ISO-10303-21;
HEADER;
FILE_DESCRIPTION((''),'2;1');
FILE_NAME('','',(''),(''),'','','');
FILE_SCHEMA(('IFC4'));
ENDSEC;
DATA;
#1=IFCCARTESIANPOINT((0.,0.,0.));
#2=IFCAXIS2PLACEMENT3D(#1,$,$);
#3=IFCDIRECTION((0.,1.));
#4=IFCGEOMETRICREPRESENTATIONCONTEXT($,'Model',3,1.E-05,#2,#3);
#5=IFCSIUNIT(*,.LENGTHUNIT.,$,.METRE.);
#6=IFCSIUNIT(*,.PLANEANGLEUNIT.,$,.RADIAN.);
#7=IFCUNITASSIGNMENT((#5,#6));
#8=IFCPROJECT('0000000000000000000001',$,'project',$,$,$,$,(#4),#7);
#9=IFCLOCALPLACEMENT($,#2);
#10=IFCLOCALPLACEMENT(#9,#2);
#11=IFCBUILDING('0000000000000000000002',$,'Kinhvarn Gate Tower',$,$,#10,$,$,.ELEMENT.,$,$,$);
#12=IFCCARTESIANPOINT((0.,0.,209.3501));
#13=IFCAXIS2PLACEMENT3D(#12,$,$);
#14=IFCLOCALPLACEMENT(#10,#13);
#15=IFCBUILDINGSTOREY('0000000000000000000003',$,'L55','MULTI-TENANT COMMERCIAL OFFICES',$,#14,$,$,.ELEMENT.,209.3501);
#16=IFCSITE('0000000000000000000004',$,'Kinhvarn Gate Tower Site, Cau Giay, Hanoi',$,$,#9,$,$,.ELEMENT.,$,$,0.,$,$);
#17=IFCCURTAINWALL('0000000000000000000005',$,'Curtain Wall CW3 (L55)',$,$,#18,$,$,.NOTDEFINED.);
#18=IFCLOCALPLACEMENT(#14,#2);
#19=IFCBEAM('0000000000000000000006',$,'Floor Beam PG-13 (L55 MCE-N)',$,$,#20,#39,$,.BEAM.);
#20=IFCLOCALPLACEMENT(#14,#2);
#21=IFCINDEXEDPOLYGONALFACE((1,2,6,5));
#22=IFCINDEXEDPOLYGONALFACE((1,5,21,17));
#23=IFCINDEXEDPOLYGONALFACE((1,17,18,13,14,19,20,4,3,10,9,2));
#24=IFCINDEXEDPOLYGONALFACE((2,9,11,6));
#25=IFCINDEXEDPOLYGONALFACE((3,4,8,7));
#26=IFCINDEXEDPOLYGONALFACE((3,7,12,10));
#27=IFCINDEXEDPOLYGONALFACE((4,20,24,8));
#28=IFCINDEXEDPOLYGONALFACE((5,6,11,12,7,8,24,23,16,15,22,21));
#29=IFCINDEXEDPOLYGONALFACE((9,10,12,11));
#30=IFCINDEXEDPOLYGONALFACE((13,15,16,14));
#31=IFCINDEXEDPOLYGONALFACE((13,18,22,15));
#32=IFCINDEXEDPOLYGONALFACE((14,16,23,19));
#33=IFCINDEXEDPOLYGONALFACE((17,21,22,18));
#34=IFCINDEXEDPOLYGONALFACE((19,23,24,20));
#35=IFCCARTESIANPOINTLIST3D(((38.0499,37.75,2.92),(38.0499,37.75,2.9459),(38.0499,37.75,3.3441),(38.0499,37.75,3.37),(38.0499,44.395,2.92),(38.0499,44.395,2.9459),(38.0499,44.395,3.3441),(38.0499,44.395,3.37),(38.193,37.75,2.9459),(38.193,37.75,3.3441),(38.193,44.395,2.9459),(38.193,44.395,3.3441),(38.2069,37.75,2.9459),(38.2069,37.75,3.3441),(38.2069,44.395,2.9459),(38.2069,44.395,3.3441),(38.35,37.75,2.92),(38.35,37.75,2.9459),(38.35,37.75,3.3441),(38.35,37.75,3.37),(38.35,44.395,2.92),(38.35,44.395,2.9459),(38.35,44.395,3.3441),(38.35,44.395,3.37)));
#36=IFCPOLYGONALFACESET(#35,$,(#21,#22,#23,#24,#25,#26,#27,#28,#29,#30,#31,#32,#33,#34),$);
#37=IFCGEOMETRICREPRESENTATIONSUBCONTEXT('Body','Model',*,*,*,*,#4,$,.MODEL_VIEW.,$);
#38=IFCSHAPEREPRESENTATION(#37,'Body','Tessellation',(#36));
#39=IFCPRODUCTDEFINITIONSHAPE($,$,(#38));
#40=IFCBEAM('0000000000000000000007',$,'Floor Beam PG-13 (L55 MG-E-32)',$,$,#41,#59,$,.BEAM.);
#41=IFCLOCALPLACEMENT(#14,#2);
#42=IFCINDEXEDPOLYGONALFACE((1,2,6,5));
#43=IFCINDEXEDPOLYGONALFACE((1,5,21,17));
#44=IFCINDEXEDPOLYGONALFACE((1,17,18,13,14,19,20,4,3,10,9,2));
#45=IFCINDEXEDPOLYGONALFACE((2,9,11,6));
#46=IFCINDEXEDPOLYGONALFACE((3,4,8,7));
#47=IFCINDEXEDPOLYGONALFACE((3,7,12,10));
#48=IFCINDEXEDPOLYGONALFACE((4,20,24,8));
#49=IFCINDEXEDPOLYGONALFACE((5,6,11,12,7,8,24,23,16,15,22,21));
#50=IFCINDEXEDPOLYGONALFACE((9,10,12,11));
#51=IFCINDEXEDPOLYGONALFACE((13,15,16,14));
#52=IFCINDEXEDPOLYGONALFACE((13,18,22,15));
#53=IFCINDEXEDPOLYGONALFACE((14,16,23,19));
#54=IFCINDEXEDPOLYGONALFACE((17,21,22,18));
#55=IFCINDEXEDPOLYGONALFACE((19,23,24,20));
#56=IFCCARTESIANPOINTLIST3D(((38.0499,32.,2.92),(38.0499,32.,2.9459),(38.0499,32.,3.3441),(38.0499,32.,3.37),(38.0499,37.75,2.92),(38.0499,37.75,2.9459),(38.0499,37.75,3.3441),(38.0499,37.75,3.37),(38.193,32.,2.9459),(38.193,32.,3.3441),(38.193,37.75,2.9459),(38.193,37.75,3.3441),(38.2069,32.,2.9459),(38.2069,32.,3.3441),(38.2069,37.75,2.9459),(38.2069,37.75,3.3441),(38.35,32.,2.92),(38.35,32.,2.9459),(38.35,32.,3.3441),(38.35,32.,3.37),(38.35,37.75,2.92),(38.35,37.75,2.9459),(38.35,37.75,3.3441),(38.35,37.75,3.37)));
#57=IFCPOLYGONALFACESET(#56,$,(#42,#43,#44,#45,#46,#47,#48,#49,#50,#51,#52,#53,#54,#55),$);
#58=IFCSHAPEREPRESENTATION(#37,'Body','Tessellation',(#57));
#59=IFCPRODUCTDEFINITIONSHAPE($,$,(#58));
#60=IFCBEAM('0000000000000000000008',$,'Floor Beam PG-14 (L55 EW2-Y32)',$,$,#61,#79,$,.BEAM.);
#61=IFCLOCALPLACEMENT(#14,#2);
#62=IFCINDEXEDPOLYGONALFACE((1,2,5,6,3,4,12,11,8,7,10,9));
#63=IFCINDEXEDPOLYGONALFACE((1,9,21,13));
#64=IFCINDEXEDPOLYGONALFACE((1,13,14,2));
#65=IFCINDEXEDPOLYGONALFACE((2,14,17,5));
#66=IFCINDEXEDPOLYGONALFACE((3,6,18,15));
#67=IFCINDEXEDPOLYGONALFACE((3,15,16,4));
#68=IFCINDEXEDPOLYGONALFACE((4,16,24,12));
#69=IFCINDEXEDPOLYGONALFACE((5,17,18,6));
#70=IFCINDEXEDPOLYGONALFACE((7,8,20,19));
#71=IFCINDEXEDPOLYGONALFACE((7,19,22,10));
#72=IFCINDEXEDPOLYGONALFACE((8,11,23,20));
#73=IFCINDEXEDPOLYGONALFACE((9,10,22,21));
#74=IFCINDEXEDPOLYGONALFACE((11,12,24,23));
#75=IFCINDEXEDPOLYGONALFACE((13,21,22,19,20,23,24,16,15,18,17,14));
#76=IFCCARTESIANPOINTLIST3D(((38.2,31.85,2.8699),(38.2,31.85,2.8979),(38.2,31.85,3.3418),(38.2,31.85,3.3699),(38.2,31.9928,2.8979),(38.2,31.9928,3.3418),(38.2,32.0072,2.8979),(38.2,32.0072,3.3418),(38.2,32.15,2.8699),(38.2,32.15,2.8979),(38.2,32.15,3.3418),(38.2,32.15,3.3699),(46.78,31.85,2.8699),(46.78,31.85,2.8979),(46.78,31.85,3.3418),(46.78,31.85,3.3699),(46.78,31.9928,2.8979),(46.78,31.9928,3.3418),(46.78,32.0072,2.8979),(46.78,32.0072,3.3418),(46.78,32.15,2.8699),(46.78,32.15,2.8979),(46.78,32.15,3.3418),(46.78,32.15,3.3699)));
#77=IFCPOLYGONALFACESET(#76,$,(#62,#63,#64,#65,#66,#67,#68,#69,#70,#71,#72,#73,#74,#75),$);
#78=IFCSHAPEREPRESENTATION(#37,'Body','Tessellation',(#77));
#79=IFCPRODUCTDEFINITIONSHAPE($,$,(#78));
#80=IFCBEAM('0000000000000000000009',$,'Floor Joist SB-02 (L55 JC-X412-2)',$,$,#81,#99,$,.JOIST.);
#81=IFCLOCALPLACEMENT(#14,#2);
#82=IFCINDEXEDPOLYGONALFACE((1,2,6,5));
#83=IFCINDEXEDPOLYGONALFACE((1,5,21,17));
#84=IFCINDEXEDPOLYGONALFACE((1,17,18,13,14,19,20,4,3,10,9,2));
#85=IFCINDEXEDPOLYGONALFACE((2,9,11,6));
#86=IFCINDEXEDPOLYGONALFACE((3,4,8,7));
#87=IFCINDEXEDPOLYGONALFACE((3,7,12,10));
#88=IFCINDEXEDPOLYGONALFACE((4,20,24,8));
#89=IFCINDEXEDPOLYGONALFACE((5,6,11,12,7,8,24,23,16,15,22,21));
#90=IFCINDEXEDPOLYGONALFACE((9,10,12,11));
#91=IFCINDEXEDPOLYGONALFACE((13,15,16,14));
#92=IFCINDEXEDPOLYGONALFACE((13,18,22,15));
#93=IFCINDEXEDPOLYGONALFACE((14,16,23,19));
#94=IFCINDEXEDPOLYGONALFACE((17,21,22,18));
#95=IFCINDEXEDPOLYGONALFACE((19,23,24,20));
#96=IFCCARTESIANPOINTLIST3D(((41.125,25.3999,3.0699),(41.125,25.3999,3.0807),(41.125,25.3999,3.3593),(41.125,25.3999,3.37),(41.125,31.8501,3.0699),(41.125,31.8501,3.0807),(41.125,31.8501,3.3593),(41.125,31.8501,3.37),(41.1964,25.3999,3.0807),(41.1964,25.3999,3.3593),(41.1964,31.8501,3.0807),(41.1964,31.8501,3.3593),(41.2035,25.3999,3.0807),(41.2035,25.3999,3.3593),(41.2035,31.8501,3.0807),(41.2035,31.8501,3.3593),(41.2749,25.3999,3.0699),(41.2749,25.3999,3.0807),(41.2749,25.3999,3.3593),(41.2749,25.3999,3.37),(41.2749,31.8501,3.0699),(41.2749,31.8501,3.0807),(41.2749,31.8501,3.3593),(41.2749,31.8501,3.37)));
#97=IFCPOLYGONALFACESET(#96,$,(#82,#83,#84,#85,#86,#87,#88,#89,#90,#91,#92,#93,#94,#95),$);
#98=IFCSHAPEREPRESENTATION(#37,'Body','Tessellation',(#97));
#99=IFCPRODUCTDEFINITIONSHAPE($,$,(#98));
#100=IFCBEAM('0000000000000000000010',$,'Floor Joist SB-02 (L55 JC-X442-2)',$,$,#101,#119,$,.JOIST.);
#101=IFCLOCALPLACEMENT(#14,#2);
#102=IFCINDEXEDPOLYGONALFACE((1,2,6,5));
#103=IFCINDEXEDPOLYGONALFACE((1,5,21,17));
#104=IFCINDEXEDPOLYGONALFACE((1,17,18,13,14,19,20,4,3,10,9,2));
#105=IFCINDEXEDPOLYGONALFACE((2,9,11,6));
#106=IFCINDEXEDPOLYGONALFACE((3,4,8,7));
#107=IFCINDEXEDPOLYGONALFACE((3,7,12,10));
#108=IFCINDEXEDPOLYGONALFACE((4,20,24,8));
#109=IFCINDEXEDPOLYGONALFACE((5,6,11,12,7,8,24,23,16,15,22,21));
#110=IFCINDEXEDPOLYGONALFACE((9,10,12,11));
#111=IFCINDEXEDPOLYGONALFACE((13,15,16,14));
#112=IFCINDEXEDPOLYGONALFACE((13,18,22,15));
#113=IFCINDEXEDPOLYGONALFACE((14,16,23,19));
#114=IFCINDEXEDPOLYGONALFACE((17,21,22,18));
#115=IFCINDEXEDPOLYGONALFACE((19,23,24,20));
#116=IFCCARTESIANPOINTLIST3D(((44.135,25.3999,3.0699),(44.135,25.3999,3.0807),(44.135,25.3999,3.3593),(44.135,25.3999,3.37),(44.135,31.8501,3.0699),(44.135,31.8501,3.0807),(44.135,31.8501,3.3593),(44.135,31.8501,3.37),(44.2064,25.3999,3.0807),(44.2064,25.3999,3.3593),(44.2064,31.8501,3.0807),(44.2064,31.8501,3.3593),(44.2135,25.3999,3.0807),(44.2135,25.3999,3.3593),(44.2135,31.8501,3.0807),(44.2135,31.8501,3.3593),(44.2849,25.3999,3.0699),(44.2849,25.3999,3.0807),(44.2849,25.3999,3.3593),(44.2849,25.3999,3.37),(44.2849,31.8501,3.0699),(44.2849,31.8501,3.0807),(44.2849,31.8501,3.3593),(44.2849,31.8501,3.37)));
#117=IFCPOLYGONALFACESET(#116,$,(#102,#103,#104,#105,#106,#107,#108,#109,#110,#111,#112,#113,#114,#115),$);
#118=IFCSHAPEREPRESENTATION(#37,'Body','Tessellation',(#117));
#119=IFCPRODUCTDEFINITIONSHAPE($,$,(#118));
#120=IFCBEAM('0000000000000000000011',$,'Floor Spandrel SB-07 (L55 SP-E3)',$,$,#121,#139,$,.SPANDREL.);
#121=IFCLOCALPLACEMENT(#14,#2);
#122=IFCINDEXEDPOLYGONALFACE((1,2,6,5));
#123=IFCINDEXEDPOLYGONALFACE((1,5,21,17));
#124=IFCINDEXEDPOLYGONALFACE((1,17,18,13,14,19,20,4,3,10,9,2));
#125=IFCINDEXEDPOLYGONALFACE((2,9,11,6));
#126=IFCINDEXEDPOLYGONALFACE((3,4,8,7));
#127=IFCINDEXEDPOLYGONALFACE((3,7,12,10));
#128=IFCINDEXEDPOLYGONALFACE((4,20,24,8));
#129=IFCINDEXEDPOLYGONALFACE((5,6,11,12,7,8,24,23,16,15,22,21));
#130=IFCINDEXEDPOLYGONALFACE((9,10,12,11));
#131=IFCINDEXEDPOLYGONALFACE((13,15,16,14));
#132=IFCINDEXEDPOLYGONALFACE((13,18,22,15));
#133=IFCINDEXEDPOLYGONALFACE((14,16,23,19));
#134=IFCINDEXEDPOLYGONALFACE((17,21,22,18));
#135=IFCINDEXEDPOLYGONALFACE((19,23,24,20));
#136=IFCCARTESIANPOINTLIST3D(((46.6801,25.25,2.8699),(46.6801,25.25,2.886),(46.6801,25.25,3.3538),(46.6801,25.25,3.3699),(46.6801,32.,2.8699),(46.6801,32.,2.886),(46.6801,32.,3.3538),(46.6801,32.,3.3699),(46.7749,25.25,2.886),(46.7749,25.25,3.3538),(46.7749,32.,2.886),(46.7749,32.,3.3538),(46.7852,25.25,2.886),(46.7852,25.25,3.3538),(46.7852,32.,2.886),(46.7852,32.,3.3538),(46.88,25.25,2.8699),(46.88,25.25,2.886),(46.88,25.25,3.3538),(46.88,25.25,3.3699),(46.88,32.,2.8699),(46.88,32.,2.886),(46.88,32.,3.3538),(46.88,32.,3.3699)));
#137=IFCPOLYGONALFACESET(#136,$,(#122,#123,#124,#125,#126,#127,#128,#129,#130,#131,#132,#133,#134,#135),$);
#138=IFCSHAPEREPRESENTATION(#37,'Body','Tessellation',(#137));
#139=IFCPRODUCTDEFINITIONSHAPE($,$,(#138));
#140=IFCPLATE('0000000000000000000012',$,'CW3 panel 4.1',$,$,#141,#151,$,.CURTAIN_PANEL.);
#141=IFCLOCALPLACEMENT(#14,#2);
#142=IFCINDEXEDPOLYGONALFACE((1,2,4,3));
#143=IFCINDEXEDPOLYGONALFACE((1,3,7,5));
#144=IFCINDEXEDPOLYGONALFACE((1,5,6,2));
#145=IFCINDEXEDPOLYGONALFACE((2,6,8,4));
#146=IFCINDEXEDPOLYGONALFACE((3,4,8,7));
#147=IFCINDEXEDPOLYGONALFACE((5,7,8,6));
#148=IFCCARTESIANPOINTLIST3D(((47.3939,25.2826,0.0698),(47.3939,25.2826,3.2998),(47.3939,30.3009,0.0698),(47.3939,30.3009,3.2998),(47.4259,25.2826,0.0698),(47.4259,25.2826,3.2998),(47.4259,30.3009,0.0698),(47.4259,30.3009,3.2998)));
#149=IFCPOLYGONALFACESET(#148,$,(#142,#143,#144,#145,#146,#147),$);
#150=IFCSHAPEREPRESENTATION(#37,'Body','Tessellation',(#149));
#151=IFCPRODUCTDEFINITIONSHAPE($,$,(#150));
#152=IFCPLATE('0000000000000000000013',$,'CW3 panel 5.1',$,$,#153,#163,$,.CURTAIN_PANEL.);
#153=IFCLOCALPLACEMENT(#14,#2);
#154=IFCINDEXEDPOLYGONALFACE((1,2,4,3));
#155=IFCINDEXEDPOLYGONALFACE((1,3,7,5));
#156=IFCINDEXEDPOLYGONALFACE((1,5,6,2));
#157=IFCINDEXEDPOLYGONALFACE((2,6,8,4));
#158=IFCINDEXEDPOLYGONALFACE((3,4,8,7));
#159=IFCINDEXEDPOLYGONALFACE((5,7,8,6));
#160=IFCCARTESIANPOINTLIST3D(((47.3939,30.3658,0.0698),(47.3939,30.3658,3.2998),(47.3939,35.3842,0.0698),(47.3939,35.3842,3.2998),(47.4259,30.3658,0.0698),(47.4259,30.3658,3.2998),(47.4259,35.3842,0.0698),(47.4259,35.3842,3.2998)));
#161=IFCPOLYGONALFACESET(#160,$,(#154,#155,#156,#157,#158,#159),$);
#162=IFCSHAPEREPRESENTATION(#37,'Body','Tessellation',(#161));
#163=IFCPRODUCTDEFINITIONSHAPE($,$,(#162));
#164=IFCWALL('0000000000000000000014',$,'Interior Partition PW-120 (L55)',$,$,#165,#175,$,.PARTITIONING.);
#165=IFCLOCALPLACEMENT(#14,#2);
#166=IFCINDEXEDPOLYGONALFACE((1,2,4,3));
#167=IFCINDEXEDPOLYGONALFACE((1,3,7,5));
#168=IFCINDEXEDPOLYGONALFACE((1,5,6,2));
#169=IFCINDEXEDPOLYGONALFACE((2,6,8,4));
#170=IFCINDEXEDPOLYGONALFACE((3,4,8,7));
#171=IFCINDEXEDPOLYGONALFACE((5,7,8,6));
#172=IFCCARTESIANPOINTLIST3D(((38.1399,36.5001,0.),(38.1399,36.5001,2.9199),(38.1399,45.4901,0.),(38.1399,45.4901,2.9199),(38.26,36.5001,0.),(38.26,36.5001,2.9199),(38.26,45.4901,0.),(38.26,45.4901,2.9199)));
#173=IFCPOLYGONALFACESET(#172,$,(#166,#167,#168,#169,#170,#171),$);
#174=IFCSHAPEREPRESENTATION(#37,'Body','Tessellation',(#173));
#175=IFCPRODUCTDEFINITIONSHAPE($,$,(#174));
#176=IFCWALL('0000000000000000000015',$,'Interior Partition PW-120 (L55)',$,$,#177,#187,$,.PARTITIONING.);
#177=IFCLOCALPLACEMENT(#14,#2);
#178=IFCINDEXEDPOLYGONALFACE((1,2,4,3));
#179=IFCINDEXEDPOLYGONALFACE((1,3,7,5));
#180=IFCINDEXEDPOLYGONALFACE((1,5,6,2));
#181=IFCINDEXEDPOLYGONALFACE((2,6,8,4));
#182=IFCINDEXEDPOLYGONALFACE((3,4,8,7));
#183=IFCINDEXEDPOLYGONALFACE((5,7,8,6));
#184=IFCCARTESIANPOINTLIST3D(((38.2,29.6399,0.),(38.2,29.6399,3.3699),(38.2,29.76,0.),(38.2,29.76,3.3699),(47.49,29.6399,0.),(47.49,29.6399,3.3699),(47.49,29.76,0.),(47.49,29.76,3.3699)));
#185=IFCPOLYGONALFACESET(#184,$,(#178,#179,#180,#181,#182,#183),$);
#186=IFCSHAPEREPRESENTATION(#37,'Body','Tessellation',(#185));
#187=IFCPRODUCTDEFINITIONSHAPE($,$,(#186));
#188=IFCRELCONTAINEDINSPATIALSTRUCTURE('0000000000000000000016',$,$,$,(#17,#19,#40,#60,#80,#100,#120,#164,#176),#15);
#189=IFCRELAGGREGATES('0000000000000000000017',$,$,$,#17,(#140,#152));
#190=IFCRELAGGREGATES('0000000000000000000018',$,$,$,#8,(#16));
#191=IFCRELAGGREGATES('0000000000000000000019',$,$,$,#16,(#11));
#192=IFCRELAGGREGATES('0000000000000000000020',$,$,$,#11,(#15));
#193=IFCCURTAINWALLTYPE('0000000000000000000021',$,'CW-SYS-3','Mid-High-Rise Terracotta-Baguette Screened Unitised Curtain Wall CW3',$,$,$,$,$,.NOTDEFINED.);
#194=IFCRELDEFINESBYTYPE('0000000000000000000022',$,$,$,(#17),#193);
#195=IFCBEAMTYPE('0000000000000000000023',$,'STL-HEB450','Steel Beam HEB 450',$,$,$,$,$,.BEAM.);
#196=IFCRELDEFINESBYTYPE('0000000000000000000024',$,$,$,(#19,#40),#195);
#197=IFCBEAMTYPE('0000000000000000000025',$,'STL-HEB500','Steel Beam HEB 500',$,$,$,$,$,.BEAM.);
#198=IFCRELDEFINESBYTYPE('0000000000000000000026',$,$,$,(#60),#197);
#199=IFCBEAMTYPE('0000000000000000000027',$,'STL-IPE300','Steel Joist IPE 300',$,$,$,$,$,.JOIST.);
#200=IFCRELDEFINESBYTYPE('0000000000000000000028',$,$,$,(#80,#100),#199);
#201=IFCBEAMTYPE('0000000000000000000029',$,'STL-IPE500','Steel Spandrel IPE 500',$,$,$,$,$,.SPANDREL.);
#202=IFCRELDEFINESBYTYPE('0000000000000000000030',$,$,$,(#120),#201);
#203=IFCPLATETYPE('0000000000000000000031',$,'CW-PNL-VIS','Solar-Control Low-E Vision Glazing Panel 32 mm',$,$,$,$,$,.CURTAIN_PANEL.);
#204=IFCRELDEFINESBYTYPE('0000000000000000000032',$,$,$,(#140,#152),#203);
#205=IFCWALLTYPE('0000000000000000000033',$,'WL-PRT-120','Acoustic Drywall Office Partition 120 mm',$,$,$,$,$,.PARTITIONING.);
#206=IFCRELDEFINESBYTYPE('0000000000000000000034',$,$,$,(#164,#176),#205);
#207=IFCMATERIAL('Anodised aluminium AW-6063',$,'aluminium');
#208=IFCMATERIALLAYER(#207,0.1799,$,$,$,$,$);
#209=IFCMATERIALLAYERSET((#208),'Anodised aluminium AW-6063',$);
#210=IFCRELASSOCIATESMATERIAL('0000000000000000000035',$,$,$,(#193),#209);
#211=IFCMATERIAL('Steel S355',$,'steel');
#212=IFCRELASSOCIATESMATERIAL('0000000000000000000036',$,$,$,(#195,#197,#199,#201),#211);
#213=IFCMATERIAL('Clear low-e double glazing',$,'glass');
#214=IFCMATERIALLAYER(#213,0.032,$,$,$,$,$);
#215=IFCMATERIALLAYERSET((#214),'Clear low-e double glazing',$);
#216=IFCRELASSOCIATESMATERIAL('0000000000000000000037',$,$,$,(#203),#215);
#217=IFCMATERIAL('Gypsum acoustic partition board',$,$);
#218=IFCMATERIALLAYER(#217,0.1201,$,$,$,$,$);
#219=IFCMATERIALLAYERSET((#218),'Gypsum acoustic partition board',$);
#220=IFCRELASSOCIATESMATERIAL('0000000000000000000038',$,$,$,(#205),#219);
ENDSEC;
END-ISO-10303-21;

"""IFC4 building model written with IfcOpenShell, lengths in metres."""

from ifc_helpers import new_model, si_unit, direction, frame, frame_2d, origin, origin_2d, place, context, subcontext, project, spatial, rectangle, i_section, extrude, material, layer, layer_set, material_profile, profile_set, type_object, element, aggregate, save


model = new_model("IFC4")

# Units and contexts
model_context = context("Model", 3, precision=1e-05, world=origin(), true_north=direction((0.0, 1.0)))
body_context = subcontext(model_context, "Body", "Model", "MODEL_VIEW")
ifc_project = project(units=[si_unit("LENGTHUNIT", "METRE"), si_unit("PLANEANGLEUNIT", "RADIAN")], contexts=[model_context])

# Site, building, storey
site_placement = place(None, origin())
site = spatial("IfcSite", under=ifc_project, at=site_placement, Name="Kinhvarn Gate Tower Site, Cau Giay, Hanoi", CompositionType="ELEMENT", RefElevation=0.0)
building_placement = place(site_placement, origin())
building = spatial("IfcBuilding", under=site, at=building_placement, Name="Kinhvarn Gate Tower", CompositionType="ELEMENT")
storey_placement = place(building_placement, frame((0.0, 0.0, 209.3501)))
storey = spatial("IfcBuildingStorey", under=building, at=storey_placement, Name="L55", Description="MULTI-TENANT COMMERCIAL OFFICES", CompositionType="ELEMENT", Elevation=209.3501)

# Curtain wall
ifc_material_1 = material(Name="Anodised aluminium AW-6063", Category="aluminium")
ifc_layer_1 = layer(ifc_material_1, 0.1799)
ifc_layer_set_1 = layer_set([ifc_layer_1], Name="Anodised aluminium AW-6063")
curtain_wall_type = type_object("IfcCurtainWallType", Name="CW-SYS-3", Description="Mid-High-Rise Terracotta-Baguette Screened Unitised Curtain Wall CW3", PredefinedType="NOTDEFINED", material=ifc_layer_set_1)
curtain_wall_placement = place(storey_placement, origin())
curtain_wall = element("IfcCurtainWall", 1, at=curtain_wall_placement, inside=storey, type_object=curtain_wall_type, Name="Curtain Wall CW3 (L55)", PredefinedType="NOTDEFINED")

# Beams
ifc_material_2 = material(Name="Steel S355", Category="steel")
ifc_material_profile_1 = material_profile(ifc_material_2, i_section(OverallWidth=0.3, OverallDepth=0.45, WebThickness=0.0139, FlangeThickness=0.0259, at=origin_2d()), Name="HEB 450")
ifc_profile_set_1 = profile_set([ifc_material_profile_1], Name="Steel S355")
beam_type_1 = type_object("IfcBeamType", Name="STL-HEB450", Description="Steel Beam HEB 450", PredefinedType="BEAM", material=ifc_profile_set_1)
beam_1_placement = place(storey_placement, frame((38.2, 37.75, 3.145), z_axis=(0.0, 1.0, 0.0), x_axis=(-1.0, 0.0, 0.0)))
element("IfcBeam", 2, at=beam_1_placement, inside=storey, type_object=beam_type_1, Name="Floor Beam PG-13 (L55 MCE-N)", PredefinedType="BEAM", context=body_context, shape_type="SweptSolid", body=[
    extrude(i_section(OverallWidth=0.3, OverallDepth=0.45, WebThickness=0.0139, FlangeThickness=0.0259, at=origin_2d()), origin(), (0.0, 0.0, 1.0), 6.645),
])
beam_2_placement = place(storey_placement, frame((38.2, 32.0, 3.145), z_axis=(0.0, 1.0, 0.0), x_axis=(-1.0, 0.0, 0.0)))
element("IfcBeam", 3, at=beam_2_placement, inside=storey, type_object=beam_type_1, Name="Floor Beam PG-13 (L55 MG-E-32)", PredefinedType="BEAM", context=body_context, shape_type="SweptSolid", body=[
    extrude(i_section(OverallWidth=0.3, OverallDepth=0.45, WebThickness=0.0139, FlangeThickness=0.0259, at=origin_2d()), origin(), (0.0, 0.0, 1.0), 5.75),
])
ifc_material_profile_2 = material_profile(ifc_material_2, i_section(OverallWidth=0.3, OverallDepth=0.5, WebThickness=0.0144, FlangeThickness=0.0281, at=origin_2d()), Name="HEB 500")
ifc_profile_set_2 = profile_set([ifc_material_profile_2], Name="Steel S355")
beam_type_2 = type_object("IfcBeamType", Name="STL-HEB500", Description="Steel Beam HEB 500", PredefinedType="BEAM", material=ifc_profile_set_2)
beam_3_placement = place(storey_placement, frame((38.2, 32.0, 3.1199), z_axis=(1.0, 0.0, 0.0), x_axis=(0.0, 1.0, 0.0)))
element("IfcBeam", 4, at=beam_3_placement, inside=storey, type_object=beam_type_2, Name="Floor Beam PG-14 (L55 EW2-Y32)", PredefinedType="BEAM", context=body_context, shape_type="SweptSolid", body=[
    extrude(i_section(OverallWidth=0.3, OverallDepth=0.5, WebThickness=0.0144, FlangeThickness=0.0281, at=origin_2d()), origin(), (0.0, 0.0, 1.0), 8.5801),
])
ifc_material_profile_3 = material_profile(ifc_material_2, i_section(OverallWidth=0.1499, OverallDepth=0.3, WebThickness=0.0071, FlangeThickness=0.0107, at=origin_2d()), Name="IPE 300")
ifc_profile_set_3 = profile_set([ifc_material_profile_3], Name="Steel S355")
beam_type_3 = type_object("IfcBeamType", Name="STL-IPE300", Description="Steel Joist IPE 300", PredefinedType="JOIST", material=ifc_profile_set_3)
for number, where, z_axis, x_axis, name in (
    (5, (41.2, 25.3999, 3.22), (0.0, 1.0, 0.0), (-1.0, 0.0, 0.0), "Floor Joist SB-02 (L55 JC-X412-2)"),
    (6, (44.21, 25.3999, 3.22), (0.0, 1.0, 0.0), (-1.0, 0.0, 0.0), "Floor Joist SB-02 (L55 JC-X442-2)"),
):
    element("IfcBeam", number, at=place(storey_placement, frame(where, z_axis=z_axis, x_axis=x_axis)), inside=storey, type_object=beam_type_3, Name=name, PredefinedType="JOIST", context=body_context, shape_type="SweptSolid", body=[
        extrude(i_section(OverallWidth=0.1499, OverallDepth=0.3, WebThickness=0.0071, FlangeThickness=0.0107, at=origin_2d()), origin(), (0.0, 0.0, 1.0), 6.4502),
    ])
ifc_material_profile_4 = material_profile(ifc_material_2, i_section(OverallWidth=0.2, OverallDepth=0.5, WebThickness=0.0103, FlangeThickness=0.0161, at=origin_2d()), Name="IPE 500")
ifc_profile_set_4 = profile_set([ifc_material_profile_4], Name="Steel S355")
beam_type_4 = type_object("IfcBeamType", Name="STL-IPE500", Description="Steel Spandrel IPE 500", PredefinedType="SPANDREL", material=ifc_profile_set_4)
beam_4_placement = place(storey_placement, frame((46.78, 25.25, 3.1199), z_axis=(0.0, 1.0, 0.0), x_axis=(-1.0, 0.0, 0.0)))
element("IfcBeam", 7, at=beam_4_placement, inside=storey, type_object=beam_type_4, Name="Floor Spandrel SB-07 (L55 SP-E3)", PredefinedType="SPANDREL", context=body_context, shape_type="SweptSolid", body=[
    extrude(i_section(OverallWidth=0.2, OverallDepth=0.5, WebThickness=0.0103, FlangeThickness=0.0161, at=origin_2d()), origin(), (0.0, 0.0, 1.0), 6.75),
])

# Plates
ifc_material_3 = material(Name="Clear low-e double glazing", Category="glass")
ifc_layer_2 = layer(ifc_material_3, 0.032)
ifc_layer_set_2 = layer_set([ifc_layer_2], Name="Clear low-e double glazing")
plate_type = type_object("IfcPlateType", Name="CW-PNL-VIS", Description="Solar-Control Low-E Vision Glazing Panel 32 mm", PredefinedType="CURTAIN_PANEL", material=ifc_layer_set_2)
plate_1_placement = place(storey_placement, frame((47.4099, 27.7917, 0.0698), z_axis=(0.0, 0.0, 1.0), x_axis=(0.0, 1.0, 0.0)))
plate_1 = element("IfcPlate", 8, at=plate_1_placement, type_object=plate_type, Name="CW3 panel 4.1", PredefinedType="CURTAIN_PANEL", context=body_context, shape_type="SweptSolid", body=[
    extrude(rectangle(XDim=5.0183, YDim=0.032, at=origin_2d()), origin(), (0.0, 0.0, 1.0), 3.23),
])
plate_2_placement = place(storey_placement, frame((47.4099, 32.875, 0.0698), z_axis=(0.0, 0.0, 1.0), x_axis=(0.0, 1.0, 0.0)))
plate_2 = element("IfcPlate", 9, at=plate_2_placement, type_object=plate_type, Name="CW3 panel 5.1", PredefinedType="CURTAIN_PANEL", context=body_context, shape_type="SweptSolid", body=[
    extrude(rectangle(XDim=5.0183, YDim=0.032, at=origin_2d()), origin(), (0.0, 0.0, 1.0), 3.23),
])
aggregate(curtain_wall, [plate_1, plate_2])

# Walls
ifc_material_4 = material(Name="Gypsum acoustic partition board")
ifc_layer_3 = layer(ifc_material_4, 0.1201)
ifc_layer_set_3 = layer_set([ifc_layer_3], Name="Gypsum acoustic partition board")
wall_type = type_object("IfcWallType", Name="WL-PRT-120", Description="Acoustic Drywall Office Partition 120 mm", PredefinedType="PARTITIONING", material=ifc_layer_set_3)
wall_1_placement = place(storey_placement, frame((38.2, 36.5, 0.0), z_axis=(0.0, 0.0, 1.0), x_axis=(0.0, 1.0, 0.0)))
element("IfcWall", 10, at=wall_1_placement, inside=storey, type_object=wall_type, Name="Interior Partition PW-120 (L55)", PredefinedType="PARTITIONING", context=body_context, shape_type="SweptSolid", body=[
    extrude(rectangle(XDim=8.99, YDim=0.1201, at=frame_2d((4.4951, 0.0))), origin(), (0.0, 0.0, 1.0), 2.9199),
])
wall_2_placement = place(storey_placement, frame((38.2, 29.7, 0.0), z_axis=(0.0, 0.0, 1.0), x_axis=(1.0, 0.0, 0.0)))
element("IfcWall", 11, at=wall_2_placement, inside=storey, type_object=wall_type, Name="Interior Partition PW-120 (L55)", PredefinedType="PARTITIONING", context=body_context, shape_type="SweptSolid", body=[
    extrude(rectangle(XDim=9.29, YDim=0.1201, at=frame_2d((4.645, 0.0))), origin(), (0.0, 0.0, 1.0), 3.3699),
])

save(model, "model.ifc")
